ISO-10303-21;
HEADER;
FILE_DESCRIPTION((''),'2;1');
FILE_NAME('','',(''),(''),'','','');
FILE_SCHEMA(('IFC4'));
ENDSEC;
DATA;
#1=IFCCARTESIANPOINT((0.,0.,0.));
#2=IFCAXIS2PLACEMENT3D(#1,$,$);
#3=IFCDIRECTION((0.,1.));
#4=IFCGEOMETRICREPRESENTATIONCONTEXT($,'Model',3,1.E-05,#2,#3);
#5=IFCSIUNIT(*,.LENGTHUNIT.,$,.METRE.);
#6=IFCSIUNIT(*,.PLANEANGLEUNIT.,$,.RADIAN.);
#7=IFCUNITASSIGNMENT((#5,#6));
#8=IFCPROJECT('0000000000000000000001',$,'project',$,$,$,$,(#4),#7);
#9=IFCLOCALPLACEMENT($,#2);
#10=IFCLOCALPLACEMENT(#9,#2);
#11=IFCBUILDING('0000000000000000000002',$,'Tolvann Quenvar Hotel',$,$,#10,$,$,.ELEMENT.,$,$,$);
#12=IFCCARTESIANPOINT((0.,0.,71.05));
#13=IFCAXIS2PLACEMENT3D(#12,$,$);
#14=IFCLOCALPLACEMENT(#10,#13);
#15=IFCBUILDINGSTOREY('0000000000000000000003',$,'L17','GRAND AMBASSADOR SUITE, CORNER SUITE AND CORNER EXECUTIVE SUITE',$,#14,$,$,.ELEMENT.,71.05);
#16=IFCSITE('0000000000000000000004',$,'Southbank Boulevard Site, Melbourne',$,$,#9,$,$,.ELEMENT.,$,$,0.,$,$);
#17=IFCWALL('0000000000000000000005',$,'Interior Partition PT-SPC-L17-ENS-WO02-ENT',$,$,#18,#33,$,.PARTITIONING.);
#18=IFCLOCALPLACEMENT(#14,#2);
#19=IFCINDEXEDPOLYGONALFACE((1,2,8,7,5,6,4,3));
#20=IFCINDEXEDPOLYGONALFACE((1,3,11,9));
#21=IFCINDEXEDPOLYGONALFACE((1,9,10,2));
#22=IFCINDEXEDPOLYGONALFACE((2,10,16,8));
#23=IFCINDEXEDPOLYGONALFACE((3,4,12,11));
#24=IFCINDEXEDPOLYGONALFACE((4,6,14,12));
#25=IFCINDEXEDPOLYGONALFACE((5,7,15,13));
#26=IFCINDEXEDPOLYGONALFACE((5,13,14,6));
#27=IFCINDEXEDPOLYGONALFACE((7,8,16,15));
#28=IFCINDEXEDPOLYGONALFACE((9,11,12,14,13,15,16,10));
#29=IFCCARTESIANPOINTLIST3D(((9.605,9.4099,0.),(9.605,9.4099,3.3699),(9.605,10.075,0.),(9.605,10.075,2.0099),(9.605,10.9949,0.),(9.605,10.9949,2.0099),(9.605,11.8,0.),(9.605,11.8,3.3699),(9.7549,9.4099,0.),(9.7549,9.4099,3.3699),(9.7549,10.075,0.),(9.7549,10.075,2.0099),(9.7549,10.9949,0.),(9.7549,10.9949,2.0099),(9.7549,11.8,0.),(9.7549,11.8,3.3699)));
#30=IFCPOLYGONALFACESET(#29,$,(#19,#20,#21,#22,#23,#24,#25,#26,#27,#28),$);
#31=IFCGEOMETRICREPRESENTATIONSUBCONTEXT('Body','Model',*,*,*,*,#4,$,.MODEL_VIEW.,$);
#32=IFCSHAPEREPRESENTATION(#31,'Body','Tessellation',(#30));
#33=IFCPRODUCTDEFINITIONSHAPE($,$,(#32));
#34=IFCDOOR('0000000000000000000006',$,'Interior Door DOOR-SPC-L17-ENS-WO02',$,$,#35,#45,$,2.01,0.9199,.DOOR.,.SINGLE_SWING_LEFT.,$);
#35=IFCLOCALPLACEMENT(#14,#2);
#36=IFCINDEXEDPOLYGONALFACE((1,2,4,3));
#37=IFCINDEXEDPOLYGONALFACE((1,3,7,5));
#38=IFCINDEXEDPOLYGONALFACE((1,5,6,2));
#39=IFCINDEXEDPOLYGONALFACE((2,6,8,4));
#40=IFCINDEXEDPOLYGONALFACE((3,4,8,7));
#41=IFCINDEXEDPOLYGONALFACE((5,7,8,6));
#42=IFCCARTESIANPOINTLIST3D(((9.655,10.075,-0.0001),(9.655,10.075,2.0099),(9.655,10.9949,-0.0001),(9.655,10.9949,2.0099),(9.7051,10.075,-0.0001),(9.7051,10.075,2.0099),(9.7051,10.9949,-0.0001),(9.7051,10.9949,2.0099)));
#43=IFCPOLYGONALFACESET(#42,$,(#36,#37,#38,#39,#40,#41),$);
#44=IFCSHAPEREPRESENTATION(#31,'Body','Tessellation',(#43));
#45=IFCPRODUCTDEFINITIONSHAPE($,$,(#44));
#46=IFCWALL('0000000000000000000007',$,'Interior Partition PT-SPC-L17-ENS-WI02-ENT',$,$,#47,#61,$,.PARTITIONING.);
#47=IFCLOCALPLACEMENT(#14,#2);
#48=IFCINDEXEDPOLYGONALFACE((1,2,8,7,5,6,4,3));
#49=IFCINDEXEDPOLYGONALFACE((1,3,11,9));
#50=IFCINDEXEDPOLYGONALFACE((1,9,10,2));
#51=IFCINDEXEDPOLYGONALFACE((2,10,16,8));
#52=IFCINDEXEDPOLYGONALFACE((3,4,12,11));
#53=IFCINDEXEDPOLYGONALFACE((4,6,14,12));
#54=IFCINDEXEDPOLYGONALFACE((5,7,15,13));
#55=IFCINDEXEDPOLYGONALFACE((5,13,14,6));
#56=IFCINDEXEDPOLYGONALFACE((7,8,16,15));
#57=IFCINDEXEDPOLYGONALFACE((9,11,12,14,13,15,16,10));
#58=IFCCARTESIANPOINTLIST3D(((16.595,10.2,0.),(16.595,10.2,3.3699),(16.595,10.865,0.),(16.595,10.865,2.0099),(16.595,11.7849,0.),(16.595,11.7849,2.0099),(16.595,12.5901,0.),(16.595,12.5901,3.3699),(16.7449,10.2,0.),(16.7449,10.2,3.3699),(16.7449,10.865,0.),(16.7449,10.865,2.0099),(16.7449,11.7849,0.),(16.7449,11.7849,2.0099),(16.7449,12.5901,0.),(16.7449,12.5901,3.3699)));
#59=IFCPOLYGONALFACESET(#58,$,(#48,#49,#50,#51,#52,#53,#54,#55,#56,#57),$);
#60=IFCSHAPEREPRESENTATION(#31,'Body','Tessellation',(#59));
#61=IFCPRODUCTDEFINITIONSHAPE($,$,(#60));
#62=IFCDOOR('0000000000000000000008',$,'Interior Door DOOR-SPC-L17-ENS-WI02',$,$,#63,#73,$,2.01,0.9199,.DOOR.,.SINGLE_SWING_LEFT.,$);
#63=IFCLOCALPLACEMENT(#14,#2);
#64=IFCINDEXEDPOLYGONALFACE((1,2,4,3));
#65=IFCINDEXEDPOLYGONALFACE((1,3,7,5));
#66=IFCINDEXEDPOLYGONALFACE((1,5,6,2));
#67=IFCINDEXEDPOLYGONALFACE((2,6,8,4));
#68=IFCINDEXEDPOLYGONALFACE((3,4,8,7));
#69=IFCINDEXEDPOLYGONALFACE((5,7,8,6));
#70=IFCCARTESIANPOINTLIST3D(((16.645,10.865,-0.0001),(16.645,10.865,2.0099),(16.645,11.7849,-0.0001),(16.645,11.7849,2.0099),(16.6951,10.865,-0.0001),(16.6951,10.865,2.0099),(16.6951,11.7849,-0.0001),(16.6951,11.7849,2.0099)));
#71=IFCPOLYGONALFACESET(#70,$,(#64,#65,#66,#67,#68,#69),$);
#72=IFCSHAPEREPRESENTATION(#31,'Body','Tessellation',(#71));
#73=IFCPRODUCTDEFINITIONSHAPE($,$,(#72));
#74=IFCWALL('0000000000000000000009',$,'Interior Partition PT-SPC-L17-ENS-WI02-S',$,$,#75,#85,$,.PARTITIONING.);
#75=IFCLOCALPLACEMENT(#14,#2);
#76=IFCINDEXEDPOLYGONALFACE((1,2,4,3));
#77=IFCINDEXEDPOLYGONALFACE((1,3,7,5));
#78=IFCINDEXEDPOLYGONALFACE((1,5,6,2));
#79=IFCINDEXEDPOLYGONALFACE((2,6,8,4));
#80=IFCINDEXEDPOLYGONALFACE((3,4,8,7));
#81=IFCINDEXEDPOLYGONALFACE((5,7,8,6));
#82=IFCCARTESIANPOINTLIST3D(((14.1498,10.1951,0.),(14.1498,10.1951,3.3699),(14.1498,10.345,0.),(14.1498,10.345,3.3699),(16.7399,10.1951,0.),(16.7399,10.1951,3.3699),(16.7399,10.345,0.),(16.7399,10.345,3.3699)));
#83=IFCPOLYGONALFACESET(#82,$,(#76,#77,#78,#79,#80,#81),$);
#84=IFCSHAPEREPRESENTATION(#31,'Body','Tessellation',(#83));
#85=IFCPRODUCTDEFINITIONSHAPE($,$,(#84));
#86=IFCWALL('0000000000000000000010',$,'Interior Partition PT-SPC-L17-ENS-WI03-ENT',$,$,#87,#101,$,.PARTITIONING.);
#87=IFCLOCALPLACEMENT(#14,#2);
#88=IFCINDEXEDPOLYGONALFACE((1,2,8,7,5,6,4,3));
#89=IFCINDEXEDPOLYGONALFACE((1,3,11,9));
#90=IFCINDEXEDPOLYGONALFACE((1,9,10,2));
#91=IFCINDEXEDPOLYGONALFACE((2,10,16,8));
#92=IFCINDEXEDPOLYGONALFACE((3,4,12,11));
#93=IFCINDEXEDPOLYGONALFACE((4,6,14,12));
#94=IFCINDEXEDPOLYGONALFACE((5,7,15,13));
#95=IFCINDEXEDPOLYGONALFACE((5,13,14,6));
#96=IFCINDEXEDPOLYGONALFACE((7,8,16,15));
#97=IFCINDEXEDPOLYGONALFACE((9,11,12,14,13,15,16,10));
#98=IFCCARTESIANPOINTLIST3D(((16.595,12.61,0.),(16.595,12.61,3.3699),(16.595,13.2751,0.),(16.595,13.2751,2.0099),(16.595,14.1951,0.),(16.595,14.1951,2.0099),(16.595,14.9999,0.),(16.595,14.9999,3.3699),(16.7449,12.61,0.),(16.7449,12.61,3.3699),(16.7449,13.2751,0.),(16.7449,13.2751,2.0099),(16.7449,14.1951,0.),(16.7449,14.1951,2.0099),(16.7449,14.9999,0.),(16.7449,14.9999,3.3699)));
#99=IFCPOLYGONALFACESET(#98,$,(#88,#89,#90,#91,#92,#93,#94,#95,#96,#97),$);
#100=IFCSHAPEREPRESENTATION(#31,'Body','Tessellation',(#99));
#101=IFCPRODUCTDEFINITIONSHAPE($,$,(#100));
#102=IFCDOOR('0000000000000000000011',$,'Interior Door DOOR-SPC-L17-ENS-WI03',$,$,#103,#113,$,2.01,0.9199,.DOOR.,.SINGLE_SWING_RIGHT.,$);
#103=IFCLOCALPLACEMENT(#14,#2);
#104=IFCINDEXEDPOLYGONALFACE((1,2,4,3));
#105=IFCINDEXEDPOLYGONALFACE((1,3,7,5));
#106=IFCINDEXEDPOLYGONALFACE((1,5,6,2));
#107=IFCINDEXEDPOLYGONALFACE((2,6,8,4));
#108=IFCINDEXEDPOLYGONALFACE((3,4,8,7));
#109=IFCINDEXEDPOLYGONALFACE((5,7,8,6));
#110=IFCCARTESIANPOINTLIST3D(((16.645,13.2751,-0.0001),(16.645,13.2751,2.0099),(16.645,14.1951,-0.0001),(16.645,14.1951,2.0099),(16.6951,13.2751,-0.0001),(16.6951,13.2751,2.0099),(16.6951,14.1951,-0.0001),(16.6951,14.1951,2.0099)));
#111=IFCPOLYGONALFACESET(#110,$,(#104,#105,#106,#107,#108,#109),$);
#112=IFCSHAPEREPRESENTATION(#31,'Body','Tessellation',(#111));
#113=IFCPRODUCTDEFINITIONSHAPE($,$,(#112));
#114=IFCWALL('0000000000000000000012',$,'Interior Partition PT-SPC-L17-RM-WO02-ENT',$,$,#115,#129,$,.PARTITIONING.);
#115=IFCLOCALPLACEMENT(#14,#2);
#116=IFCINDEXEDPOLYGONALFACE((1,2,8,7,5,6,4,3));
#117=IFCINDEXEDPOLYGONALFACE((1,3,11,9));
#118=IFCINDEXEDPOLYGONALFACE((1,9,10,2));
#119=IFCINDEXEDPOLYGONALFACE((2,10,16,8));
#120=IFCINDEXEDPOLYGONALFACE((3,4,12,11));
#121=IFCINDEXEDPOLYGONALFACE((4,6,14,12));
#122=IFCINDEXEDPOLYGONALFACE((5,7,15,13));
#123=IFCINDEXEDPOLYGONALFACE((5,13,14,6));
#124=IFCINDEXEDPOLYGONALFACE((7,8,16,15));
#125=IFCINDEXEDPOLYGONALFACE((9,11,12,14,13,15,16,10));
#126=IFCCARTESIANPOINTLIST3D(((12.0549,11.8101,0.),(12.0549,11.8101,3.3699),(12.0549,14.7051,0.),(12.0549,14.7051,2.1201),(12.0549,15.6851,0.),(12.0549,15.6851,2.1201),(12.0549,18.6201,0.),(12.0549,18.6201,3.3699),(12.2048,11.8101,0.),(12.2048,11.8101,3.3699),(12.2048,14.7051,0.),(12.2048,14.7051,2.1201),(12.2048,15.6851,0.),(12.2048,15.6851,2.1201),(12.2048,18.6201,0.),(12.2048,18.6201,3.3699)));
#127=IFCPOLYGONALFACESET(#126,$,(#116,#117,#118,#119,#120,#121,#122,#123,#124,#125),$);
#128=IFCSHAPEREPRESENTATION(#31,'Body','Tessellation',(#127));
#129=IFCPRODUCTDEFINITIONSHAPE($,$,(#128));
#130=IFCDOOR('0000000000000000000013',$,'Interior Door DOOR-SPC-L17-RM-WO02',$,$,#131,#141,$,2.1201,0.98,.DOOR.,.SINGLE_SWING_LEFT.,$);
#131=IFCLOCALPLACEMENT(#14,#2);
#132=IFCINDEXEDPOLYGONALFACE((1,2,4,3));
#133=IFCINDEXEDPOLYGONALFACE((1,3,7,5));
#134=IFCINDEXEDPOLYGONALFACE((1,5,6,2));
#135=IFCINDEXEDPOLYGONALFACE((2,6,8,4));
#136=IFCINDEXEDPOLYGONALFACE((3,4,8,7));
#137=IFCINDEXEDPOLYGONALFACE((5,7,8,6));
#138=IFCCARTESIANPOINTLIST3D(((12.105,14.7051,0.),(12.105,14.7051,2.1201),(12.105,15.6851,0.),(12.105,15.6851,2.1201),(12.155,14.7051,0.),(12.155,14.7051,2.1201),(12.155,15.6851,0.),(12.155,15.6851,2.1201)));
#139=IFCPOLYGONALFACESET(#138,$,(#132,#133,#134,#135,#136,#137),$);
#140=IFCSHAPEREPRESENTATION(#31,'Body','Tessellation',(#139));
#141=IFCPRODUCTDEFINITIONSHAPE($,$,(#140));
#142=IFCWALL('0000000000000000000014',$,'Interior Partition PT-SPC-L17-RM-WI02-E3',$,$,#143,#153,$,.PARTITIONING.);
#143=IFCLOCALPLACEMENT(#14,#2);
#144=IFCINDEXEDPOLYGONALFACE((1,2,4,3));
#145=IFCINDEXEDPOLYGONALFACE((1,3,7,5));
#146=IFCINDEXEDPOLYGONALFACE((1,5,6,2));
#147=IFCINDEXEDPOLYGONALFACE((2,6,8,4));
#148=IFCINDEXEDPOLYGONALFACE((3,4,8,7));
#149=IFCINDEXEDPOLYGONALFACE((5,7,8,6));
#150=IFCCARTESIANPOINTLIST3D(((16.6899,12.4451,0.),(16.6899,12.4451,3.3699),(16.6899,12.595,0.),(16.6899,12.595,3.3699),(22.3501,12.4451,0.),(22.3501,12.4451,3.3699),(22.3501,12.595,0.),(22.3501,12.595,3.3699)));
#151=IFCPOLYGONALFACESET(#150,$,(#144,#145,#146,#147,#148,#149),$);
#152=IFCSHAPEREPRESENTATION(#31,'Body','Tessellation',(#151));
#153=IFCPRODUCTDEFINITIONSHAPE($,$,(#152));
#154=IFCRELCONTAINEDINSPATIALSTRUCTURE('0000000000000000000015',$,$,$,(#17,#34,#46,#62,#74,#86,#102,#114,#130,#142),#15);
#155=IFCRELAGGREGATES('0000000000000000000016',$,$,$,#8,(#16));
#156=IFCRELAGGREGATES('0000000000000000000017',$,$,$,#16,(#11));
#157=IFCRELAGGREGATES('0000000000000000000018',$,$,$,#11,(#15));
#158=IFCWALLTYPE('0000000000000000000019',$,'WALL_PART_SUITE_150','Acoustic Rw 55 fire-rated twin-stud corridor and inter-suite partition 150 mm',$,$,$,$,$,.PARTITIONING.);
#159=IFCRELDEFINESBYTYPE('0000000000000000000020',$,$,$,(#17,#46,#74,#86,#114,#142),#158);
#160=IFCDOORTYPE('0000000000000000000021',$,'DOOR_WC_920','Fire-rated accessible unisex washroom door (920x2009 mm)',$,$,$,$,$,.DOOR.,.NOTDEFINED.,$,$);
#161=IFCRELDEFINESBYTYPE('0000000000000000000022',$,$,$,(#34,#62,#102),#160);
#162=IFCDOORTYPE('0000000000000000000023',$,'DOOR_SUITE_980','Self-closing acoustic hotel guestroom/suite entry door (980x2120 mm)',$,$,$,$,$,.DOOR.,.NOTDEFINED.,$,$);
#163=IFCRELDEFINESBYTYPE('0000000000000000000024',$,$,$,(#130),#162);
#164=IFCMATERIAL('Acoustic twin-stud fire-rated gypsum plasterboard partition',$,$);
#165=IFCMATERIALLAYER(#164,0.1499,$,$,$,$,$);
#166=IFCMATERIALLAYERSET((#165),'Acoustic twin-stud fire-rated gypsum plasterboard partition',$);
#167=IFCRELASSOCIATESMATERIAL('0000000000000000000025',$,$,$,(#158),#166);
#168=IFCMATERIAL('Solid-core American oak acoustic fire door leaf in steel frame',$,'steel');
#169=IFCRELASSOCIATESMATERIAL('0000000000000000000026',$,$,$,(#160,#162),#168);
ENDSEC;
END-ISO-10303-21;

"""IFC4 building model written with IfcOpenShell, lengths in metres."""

from ifc_helpers import new_model, si_unit, direction, frame, frame_2d, origin, place, context, subcontext, project, spatial, rectangle, extrude, source, transform, mapped, material, layer, layer_set, type_object, type_shapes, element, fill, save


model = new_model("IFC4")

# Units and contexts
model_context = context("Model", 3, precision=1e-05, world=origin(), true_north=direction((0.0, 1.0)))
body_context = subcontext(model_context, "Body", "Model", "MODEL_VIEW")
ifc_project = project(units=[si_unit("LENGTHUNIT", "METRE"), si_unit("PLANEANGLEUNIT", "RADIAN")], contexts=[model_context])

# Site, building, storey
site_placement = place(None, origin())
site = spatial("IfcSite", under=ifc_project, at=site_placement, Name="Southbank Boulevard Site, Melbourne", CompositionType="ELEMENT", RefElevation=0.0)
building_placement = place(site_placement, origin())
building = spatial("IfcBuilding", under=site, at=building_placement, Name="Tolvann Quenvar Hotel", CompositionType="ELEMENT")
storey_placement = place(building_placement, frame((0.0, 0.0, 71.05)))
storey = spatial("IfcBuildingStorey", under=building, at=storey_placement, Name="L17", Description="GRAND AMBASSADOR SUITE, CORNER SUITE AND CORNER EXECUTIVE SUITE", CompositionType="ELEMENT", Elevation=71.05)

# Walls, openings, doors
ifc_material_1 = material(Name="Acoustic twin-stud fire-rated gypsum plasterboard partition")
ifc_layer_1 = layer(ifc_material_1, 0.1499)
ifc_layer_set_1 = layer_set([ifc_layer_1], Name="Acoustic twin-stud fire-rated gypsum plasterboard partition")
wall_type_1 = type_object("IfcWallType", Name="WALL_PART_SUITE_150", Description="Acoustic Rw 55 fire-rated twin-stud corridor and inter-suite partition 150 mm", PredefinedType="PARTITIONING", material=ifc_layer_set_1)
wall_1_placement = place(storey_placement, frame((9.6799, 9.4099, 0.0), z_axis=(0.0, 0.0, 1.0), x_axis=(0.0, 1.0, 0.0)))
wall_1 = element("IfcWall", 1, at=wall_1_placement, inside=storey, type_object=wall_type_1, Name="Interior Partition PT-SPC-L17-ENS-WO02-ENT", PredefinedType="PARTITIONING", context=body_context, shape_type="SweptSolid", body=[
    extrude(rectangle(XDim=2.3901, YDim=0.1499, at=frame_2d((1.1951, 0.0))), origin(), (0.0, 0.0, 1.0), 3.3699),
])
opening_1_placement = place(wall_1_placement, frame((0.665, 0.0, 0.0)))
opening_1 = element("IfcOpeningElement", 2, at=opening_1_placement, cuts=wall_1, PredefinedType="OPENING", context=body_context, shape_type="SweptSolid", body=[
    extrude(rectangle(XDim=0.9199, YDim=2.01, at=frame_2d((0.46, 1.0049))), frame((0.0, 0.085, 0.0), z_axis=(0.0, -1.0, 0.0), x_axis=(1.0, 0.0, 0.0)), (0.0, 0.0, 1.0), 0.1699),
])
ifc_material_2 = material(Name="Solid-core American oak acoustic fire door leaf in steel frame", Category="steel")
door_type_1 = type_object("IfcDoorType", Name="DOOR_WC_920", Description="Fire-rated accessible unisex washroom door (920x2009 mm)", OperationType="NOTDEFINED", PredefinedType="DOOR", material=ifc_material_2)
shared_shape_1 = source(origin(), body_context, "Body", "SweptSolid", [
    extrude(rectangle(XDim=0.9199, YDim=2.01, at=frame_2d((0.46, 1.0049))), frame((0.0, 0.0249, 0.0), z_axis=(0.0, -1.0, 0.0), x_axis=(1.0, 0.0, 0.0)), (0.0, 0.0, 1.0), 0.05),
])
type_shapes(door_type_1, [shared_shape_1])
door_1_placement = place(opening_1_placement, origin())
door_1 = element("IfcDoor", 3, at=door_1_placement, inside=storey, type_object=door_type_1, Name="Interior Door DOOR-SPC-L17-ENS-WO02", OperationType="SINGLE_SWING_LEFT", OverallHeight=2.01, OverallWidth=0.9199, PredefinedType="DOOR", context=body_context, shape_type="MappedRepresentation", body=[
    mapped(shared_shape_1, transform((0.0, 0.0, 0.0), x_axis=(1.0, 0.0, 0.0), y_axis=(0.0, 1.0, 0.0), z_axis=(0.0, 0.0, 1.0), scale=1.0)),
])
fill(opening_1, door_1)
wall_2_placement = place(storey_placement, frame((16.6699, 10.2, 0.0), z_axis=(0.0, 0.0, 1.0), x_axis=(0.0, 1.0, 0.0)))
wall_2 = element("IfcWall", 4, at=wall_2_placement, inside=storey, type_object=wall_type_1, Name="Interior Partition PT-SPC-L17-ENS-WI02-ENT", PredefinedType="PARTITIONING", context=body_context, shape_type="SweptSolid", body=[
    extrude(rectangle(XDim=2.3901, YDim=0.1499, at=frame_2d((1.1951, 0.0))), origin(), (0.0, 0.0, 1.0), 3.3699),
])
opening_2_placement = place(wall_2_placement, frame((0.665, 0.0, 0.0)))
opening_2 = element("IfcOpeningElement", 5, at=opening_2_placement, cuts=wall_2, PredefinedType="OPENING", context=body_context, shape_type="SweptSolid", body=[
    extrude(rectangle(XDim=0.9199, YDim=2.01, at=frame_2d((0.46, 1.0049))), frame((0.0, 0.085, 0.0), z_axis=(0.0, -1.0, 0.0), x_axis=(1.0, 0.0, 0.0)), (0.0, 0.0, 1.0), 0.1699),
])
door_2_placement = place(opening_2_placement, origin())
door_2 = element("IfcDoor", 6, at=door_2_placement, inside=storey, type_object=door_type_1, Name="Interior Door DOOR-SPC-L17-ENS-WI02", OperationType="SINGLE_SWING_LEFT", OverallHeight=2.01, OverallWidth=0.9199, PredefinedType="DOOR", context=body_context, shape_type="MappedRepresentation", body=[
    mapped(shared_shape_1, transform((0.0, 0.0, 0.0), x_axis=(1.0, 0.0, 0.0), y_axis=(0.0, 1.0, 0.0), z_axis=(0.0, 0.0, 1.0), scale=1.0)),
])
fill(opening_2, door_2)

# Wall
wall_3_placement = place(storey_placement, frame((14.1499, 10.27, 0.0), z_axis=(0.0, 0.0, 1.0), x_axis=(1.0, 0.0, 0.0)))
element("IfcWall", 7, at=wall_3_placement, inside=storey, type_object=wall_type_1, Name="Interior Partition PT-SPC-L17-ENS-WI02-S", PredefinedType="PARTITIONING", context=body_context, shape_type="SweptSolid", body=[
    extrude(rectangle(XDim=2.5901, YDim=0.1499, at=frame_2d((1.2949, 0.0))), origin(), (0.0, 0.0, 1.0), 3.3699),
])

# Walls, openings, doors
wall_4_placement = place(storey_placement, frame((16.6699, 12.6101, 0.0), z_axis=(0.0, 0.0, 1.0), x_axis=(0.0, 1.0, 0.0)))
wall_4 = element("IfcWall", 8, at=wall_4_placement, inside=storey, type_object=wall_type_1, Name="Interior Partition PT-SPC-L17-ENS-WI03-ENT", PredefinedType="PARTITIONING", context=body_context, shape_type="SweptSolid", body=[
    extrude(rectangle(XDim=2.3899, YDim=0.1499, at=frame_2d((1.1948, 0.0))), origin(), (0.0, 0.0, 1.0), 3.3699),
])
opening_3_placement = place(wall_4_placement, frame((0.665, 0.0, 0.0)))
opening_3 = element("IfcOpeningElement", 9, at=opening_3_placement, cuts=wall_4, PredefinedType="OPENING", context=body_context, shape_type="SweptSolid", body=[
    extrude(rectangle(XDim=0.9199, YDim=2.01, at=frame_2d((0.46, 1.0049))), frame((0.0, 0.085, 0.0), z_axis=(0.0, -1.0, 0.0), x_axis=(1.0, 0.0, 0.0)), (0.0, 0.0, 1.0), 0.1699),
])
door_3_placement = place(opening_3_placement, origin())
door_3 = element("IfcDoor", 10, at=door_3_placement, inside=storey, type_object=door_type_1, Name="Interior Door DOOR-SPC-L17-ENS-WI03", OperationType="SINGLE_SWING_RIGHT", OverallHeight=2.01, OverallWidth=0.9199, PredefinedType="DOOR", context=body_context, shape_type="MappedRepresentation", body=[
    mapped(shared_shape_1, transform((0.0, 0.0, 0.0), x_axis=(1.0, 0.0, 0.0), y_axis=(0.0, 1.0, 0.0), z_axis=(0.0, 0.0, 1.0), scale=1.0)),
])
fill(opening_3, door_3)
wall_5_placement = place(storey_placement, frame((12.1299, 11.8101, 0.0), z_axis=(0.0, 0.0, 1.0), x_axis=(0.0, 1.0, 0.0)))
wall_5 = element("IfcWall", 11, at=wall_5_placement, inside=storey, type_object=wall_type_1, Name="Interior Partition PT-SPC-L17-RM-WO02-ENT", PredefinedType="PARTITIONING", context=body_context, shape_type="SweptSolid", body=[
    extrude(rectangle(XDim=6.8101, YDim=0.1499, at=frame_2d((3.405, 0.0))), origin(), (0.0, 0.0, 1.0), 3.3699),
])
opening_4_placement = place(wall_5_placement, frame((2.895, 0.0, 0.0)))
opening_4 = element("IfcOpeningElement", 12, at=opening_4_placement, cuts=wall_5, PredefinedType="OPENING", context=body_context, shape_type="SweptSolid", body=[
    extrude(rectangle(XDim=0.98, YDim=2.1201, at=frame_2d((0.49, 1.0601))), frame((0.0, 0.085, 0.0), z_axis=(0.0, -1.0, 0.0), x_axis=(1.0, 0.0, 0.0)), (0.0, 0.0, 1.0), 0.1699),
])
door_type_2 = type_object("IfcDoorType", Name="DOOR_SUITE_980", Description="Self-closing acoustic hotel guestroom/suite entry door (980x2120 mm)", OperationType="NOTDEFINED", PredefinedType="DOOR", material=ifc_material_2)
shared_shape_2 = source(origin(), body_context, "Body", "SweptSolid", [
    extrude(rectangle(XDim=0.98, YDim=2.1201, at=frame_2d((0.49, 1.0601))), frame((0.0, 0.0249, 0.0), z_axis=(0.0, -1.0, 0.0), x_axis=(1.0, 0.0, 0.0)), (0.0, 0.0, 1.0), 0.05),
])
type_shapes(door_type_2, [shared_shape_2])
door_4_placement = place(opening_4_placement, origin())
door_4 = element("IfcDoor", 13, at=door_4_placement, inside=storey, type_object=door_type_2, Name="Interior Door DOOR-SPC-L17-RM-WO02", OperationType="SINGLE_SWING_LEFT", OverallHeight=2.1201, OverallWidth=0.98, PredefinedType="DOOR", context=body_context, shape_type="MappedRepresentation", body=[
    mapped(shared_shape_2, transform((0.0, 0.0, 0.0), x_axis=(1.0, 0.0, 0.0), y_axis=(0.0, 1.0, 0.0), z_axis=(0.0, 0.0, 1.0), scale=1.0)),
])
fill(opening_4, door_4)

# Wall
wall_6_placement = place(storey_placement, frame((16.6899, 12.52, 0.0), z_axis=(0.0, 0.0, 1.0), x_axis=(1.0, 0.0, 0.0)))
element("IfcWall", 14, at=wall_6_placement, inside=storey, type_object=wall_type_1, Name="Interior Partition PT-SPC-L17-RM-WI02-E3", PredefinedType="PARTITIONING", context=body_context, shape_type="SweptSolid", body=[
    extrude(rectangle(XDim=5.6602, YDim=0.1499, at=frame_2d((2.8301, 0.0))), origin(), (0.0, 0.0, 1.0), 3.3699),
])

save(model, "model.ifc")
